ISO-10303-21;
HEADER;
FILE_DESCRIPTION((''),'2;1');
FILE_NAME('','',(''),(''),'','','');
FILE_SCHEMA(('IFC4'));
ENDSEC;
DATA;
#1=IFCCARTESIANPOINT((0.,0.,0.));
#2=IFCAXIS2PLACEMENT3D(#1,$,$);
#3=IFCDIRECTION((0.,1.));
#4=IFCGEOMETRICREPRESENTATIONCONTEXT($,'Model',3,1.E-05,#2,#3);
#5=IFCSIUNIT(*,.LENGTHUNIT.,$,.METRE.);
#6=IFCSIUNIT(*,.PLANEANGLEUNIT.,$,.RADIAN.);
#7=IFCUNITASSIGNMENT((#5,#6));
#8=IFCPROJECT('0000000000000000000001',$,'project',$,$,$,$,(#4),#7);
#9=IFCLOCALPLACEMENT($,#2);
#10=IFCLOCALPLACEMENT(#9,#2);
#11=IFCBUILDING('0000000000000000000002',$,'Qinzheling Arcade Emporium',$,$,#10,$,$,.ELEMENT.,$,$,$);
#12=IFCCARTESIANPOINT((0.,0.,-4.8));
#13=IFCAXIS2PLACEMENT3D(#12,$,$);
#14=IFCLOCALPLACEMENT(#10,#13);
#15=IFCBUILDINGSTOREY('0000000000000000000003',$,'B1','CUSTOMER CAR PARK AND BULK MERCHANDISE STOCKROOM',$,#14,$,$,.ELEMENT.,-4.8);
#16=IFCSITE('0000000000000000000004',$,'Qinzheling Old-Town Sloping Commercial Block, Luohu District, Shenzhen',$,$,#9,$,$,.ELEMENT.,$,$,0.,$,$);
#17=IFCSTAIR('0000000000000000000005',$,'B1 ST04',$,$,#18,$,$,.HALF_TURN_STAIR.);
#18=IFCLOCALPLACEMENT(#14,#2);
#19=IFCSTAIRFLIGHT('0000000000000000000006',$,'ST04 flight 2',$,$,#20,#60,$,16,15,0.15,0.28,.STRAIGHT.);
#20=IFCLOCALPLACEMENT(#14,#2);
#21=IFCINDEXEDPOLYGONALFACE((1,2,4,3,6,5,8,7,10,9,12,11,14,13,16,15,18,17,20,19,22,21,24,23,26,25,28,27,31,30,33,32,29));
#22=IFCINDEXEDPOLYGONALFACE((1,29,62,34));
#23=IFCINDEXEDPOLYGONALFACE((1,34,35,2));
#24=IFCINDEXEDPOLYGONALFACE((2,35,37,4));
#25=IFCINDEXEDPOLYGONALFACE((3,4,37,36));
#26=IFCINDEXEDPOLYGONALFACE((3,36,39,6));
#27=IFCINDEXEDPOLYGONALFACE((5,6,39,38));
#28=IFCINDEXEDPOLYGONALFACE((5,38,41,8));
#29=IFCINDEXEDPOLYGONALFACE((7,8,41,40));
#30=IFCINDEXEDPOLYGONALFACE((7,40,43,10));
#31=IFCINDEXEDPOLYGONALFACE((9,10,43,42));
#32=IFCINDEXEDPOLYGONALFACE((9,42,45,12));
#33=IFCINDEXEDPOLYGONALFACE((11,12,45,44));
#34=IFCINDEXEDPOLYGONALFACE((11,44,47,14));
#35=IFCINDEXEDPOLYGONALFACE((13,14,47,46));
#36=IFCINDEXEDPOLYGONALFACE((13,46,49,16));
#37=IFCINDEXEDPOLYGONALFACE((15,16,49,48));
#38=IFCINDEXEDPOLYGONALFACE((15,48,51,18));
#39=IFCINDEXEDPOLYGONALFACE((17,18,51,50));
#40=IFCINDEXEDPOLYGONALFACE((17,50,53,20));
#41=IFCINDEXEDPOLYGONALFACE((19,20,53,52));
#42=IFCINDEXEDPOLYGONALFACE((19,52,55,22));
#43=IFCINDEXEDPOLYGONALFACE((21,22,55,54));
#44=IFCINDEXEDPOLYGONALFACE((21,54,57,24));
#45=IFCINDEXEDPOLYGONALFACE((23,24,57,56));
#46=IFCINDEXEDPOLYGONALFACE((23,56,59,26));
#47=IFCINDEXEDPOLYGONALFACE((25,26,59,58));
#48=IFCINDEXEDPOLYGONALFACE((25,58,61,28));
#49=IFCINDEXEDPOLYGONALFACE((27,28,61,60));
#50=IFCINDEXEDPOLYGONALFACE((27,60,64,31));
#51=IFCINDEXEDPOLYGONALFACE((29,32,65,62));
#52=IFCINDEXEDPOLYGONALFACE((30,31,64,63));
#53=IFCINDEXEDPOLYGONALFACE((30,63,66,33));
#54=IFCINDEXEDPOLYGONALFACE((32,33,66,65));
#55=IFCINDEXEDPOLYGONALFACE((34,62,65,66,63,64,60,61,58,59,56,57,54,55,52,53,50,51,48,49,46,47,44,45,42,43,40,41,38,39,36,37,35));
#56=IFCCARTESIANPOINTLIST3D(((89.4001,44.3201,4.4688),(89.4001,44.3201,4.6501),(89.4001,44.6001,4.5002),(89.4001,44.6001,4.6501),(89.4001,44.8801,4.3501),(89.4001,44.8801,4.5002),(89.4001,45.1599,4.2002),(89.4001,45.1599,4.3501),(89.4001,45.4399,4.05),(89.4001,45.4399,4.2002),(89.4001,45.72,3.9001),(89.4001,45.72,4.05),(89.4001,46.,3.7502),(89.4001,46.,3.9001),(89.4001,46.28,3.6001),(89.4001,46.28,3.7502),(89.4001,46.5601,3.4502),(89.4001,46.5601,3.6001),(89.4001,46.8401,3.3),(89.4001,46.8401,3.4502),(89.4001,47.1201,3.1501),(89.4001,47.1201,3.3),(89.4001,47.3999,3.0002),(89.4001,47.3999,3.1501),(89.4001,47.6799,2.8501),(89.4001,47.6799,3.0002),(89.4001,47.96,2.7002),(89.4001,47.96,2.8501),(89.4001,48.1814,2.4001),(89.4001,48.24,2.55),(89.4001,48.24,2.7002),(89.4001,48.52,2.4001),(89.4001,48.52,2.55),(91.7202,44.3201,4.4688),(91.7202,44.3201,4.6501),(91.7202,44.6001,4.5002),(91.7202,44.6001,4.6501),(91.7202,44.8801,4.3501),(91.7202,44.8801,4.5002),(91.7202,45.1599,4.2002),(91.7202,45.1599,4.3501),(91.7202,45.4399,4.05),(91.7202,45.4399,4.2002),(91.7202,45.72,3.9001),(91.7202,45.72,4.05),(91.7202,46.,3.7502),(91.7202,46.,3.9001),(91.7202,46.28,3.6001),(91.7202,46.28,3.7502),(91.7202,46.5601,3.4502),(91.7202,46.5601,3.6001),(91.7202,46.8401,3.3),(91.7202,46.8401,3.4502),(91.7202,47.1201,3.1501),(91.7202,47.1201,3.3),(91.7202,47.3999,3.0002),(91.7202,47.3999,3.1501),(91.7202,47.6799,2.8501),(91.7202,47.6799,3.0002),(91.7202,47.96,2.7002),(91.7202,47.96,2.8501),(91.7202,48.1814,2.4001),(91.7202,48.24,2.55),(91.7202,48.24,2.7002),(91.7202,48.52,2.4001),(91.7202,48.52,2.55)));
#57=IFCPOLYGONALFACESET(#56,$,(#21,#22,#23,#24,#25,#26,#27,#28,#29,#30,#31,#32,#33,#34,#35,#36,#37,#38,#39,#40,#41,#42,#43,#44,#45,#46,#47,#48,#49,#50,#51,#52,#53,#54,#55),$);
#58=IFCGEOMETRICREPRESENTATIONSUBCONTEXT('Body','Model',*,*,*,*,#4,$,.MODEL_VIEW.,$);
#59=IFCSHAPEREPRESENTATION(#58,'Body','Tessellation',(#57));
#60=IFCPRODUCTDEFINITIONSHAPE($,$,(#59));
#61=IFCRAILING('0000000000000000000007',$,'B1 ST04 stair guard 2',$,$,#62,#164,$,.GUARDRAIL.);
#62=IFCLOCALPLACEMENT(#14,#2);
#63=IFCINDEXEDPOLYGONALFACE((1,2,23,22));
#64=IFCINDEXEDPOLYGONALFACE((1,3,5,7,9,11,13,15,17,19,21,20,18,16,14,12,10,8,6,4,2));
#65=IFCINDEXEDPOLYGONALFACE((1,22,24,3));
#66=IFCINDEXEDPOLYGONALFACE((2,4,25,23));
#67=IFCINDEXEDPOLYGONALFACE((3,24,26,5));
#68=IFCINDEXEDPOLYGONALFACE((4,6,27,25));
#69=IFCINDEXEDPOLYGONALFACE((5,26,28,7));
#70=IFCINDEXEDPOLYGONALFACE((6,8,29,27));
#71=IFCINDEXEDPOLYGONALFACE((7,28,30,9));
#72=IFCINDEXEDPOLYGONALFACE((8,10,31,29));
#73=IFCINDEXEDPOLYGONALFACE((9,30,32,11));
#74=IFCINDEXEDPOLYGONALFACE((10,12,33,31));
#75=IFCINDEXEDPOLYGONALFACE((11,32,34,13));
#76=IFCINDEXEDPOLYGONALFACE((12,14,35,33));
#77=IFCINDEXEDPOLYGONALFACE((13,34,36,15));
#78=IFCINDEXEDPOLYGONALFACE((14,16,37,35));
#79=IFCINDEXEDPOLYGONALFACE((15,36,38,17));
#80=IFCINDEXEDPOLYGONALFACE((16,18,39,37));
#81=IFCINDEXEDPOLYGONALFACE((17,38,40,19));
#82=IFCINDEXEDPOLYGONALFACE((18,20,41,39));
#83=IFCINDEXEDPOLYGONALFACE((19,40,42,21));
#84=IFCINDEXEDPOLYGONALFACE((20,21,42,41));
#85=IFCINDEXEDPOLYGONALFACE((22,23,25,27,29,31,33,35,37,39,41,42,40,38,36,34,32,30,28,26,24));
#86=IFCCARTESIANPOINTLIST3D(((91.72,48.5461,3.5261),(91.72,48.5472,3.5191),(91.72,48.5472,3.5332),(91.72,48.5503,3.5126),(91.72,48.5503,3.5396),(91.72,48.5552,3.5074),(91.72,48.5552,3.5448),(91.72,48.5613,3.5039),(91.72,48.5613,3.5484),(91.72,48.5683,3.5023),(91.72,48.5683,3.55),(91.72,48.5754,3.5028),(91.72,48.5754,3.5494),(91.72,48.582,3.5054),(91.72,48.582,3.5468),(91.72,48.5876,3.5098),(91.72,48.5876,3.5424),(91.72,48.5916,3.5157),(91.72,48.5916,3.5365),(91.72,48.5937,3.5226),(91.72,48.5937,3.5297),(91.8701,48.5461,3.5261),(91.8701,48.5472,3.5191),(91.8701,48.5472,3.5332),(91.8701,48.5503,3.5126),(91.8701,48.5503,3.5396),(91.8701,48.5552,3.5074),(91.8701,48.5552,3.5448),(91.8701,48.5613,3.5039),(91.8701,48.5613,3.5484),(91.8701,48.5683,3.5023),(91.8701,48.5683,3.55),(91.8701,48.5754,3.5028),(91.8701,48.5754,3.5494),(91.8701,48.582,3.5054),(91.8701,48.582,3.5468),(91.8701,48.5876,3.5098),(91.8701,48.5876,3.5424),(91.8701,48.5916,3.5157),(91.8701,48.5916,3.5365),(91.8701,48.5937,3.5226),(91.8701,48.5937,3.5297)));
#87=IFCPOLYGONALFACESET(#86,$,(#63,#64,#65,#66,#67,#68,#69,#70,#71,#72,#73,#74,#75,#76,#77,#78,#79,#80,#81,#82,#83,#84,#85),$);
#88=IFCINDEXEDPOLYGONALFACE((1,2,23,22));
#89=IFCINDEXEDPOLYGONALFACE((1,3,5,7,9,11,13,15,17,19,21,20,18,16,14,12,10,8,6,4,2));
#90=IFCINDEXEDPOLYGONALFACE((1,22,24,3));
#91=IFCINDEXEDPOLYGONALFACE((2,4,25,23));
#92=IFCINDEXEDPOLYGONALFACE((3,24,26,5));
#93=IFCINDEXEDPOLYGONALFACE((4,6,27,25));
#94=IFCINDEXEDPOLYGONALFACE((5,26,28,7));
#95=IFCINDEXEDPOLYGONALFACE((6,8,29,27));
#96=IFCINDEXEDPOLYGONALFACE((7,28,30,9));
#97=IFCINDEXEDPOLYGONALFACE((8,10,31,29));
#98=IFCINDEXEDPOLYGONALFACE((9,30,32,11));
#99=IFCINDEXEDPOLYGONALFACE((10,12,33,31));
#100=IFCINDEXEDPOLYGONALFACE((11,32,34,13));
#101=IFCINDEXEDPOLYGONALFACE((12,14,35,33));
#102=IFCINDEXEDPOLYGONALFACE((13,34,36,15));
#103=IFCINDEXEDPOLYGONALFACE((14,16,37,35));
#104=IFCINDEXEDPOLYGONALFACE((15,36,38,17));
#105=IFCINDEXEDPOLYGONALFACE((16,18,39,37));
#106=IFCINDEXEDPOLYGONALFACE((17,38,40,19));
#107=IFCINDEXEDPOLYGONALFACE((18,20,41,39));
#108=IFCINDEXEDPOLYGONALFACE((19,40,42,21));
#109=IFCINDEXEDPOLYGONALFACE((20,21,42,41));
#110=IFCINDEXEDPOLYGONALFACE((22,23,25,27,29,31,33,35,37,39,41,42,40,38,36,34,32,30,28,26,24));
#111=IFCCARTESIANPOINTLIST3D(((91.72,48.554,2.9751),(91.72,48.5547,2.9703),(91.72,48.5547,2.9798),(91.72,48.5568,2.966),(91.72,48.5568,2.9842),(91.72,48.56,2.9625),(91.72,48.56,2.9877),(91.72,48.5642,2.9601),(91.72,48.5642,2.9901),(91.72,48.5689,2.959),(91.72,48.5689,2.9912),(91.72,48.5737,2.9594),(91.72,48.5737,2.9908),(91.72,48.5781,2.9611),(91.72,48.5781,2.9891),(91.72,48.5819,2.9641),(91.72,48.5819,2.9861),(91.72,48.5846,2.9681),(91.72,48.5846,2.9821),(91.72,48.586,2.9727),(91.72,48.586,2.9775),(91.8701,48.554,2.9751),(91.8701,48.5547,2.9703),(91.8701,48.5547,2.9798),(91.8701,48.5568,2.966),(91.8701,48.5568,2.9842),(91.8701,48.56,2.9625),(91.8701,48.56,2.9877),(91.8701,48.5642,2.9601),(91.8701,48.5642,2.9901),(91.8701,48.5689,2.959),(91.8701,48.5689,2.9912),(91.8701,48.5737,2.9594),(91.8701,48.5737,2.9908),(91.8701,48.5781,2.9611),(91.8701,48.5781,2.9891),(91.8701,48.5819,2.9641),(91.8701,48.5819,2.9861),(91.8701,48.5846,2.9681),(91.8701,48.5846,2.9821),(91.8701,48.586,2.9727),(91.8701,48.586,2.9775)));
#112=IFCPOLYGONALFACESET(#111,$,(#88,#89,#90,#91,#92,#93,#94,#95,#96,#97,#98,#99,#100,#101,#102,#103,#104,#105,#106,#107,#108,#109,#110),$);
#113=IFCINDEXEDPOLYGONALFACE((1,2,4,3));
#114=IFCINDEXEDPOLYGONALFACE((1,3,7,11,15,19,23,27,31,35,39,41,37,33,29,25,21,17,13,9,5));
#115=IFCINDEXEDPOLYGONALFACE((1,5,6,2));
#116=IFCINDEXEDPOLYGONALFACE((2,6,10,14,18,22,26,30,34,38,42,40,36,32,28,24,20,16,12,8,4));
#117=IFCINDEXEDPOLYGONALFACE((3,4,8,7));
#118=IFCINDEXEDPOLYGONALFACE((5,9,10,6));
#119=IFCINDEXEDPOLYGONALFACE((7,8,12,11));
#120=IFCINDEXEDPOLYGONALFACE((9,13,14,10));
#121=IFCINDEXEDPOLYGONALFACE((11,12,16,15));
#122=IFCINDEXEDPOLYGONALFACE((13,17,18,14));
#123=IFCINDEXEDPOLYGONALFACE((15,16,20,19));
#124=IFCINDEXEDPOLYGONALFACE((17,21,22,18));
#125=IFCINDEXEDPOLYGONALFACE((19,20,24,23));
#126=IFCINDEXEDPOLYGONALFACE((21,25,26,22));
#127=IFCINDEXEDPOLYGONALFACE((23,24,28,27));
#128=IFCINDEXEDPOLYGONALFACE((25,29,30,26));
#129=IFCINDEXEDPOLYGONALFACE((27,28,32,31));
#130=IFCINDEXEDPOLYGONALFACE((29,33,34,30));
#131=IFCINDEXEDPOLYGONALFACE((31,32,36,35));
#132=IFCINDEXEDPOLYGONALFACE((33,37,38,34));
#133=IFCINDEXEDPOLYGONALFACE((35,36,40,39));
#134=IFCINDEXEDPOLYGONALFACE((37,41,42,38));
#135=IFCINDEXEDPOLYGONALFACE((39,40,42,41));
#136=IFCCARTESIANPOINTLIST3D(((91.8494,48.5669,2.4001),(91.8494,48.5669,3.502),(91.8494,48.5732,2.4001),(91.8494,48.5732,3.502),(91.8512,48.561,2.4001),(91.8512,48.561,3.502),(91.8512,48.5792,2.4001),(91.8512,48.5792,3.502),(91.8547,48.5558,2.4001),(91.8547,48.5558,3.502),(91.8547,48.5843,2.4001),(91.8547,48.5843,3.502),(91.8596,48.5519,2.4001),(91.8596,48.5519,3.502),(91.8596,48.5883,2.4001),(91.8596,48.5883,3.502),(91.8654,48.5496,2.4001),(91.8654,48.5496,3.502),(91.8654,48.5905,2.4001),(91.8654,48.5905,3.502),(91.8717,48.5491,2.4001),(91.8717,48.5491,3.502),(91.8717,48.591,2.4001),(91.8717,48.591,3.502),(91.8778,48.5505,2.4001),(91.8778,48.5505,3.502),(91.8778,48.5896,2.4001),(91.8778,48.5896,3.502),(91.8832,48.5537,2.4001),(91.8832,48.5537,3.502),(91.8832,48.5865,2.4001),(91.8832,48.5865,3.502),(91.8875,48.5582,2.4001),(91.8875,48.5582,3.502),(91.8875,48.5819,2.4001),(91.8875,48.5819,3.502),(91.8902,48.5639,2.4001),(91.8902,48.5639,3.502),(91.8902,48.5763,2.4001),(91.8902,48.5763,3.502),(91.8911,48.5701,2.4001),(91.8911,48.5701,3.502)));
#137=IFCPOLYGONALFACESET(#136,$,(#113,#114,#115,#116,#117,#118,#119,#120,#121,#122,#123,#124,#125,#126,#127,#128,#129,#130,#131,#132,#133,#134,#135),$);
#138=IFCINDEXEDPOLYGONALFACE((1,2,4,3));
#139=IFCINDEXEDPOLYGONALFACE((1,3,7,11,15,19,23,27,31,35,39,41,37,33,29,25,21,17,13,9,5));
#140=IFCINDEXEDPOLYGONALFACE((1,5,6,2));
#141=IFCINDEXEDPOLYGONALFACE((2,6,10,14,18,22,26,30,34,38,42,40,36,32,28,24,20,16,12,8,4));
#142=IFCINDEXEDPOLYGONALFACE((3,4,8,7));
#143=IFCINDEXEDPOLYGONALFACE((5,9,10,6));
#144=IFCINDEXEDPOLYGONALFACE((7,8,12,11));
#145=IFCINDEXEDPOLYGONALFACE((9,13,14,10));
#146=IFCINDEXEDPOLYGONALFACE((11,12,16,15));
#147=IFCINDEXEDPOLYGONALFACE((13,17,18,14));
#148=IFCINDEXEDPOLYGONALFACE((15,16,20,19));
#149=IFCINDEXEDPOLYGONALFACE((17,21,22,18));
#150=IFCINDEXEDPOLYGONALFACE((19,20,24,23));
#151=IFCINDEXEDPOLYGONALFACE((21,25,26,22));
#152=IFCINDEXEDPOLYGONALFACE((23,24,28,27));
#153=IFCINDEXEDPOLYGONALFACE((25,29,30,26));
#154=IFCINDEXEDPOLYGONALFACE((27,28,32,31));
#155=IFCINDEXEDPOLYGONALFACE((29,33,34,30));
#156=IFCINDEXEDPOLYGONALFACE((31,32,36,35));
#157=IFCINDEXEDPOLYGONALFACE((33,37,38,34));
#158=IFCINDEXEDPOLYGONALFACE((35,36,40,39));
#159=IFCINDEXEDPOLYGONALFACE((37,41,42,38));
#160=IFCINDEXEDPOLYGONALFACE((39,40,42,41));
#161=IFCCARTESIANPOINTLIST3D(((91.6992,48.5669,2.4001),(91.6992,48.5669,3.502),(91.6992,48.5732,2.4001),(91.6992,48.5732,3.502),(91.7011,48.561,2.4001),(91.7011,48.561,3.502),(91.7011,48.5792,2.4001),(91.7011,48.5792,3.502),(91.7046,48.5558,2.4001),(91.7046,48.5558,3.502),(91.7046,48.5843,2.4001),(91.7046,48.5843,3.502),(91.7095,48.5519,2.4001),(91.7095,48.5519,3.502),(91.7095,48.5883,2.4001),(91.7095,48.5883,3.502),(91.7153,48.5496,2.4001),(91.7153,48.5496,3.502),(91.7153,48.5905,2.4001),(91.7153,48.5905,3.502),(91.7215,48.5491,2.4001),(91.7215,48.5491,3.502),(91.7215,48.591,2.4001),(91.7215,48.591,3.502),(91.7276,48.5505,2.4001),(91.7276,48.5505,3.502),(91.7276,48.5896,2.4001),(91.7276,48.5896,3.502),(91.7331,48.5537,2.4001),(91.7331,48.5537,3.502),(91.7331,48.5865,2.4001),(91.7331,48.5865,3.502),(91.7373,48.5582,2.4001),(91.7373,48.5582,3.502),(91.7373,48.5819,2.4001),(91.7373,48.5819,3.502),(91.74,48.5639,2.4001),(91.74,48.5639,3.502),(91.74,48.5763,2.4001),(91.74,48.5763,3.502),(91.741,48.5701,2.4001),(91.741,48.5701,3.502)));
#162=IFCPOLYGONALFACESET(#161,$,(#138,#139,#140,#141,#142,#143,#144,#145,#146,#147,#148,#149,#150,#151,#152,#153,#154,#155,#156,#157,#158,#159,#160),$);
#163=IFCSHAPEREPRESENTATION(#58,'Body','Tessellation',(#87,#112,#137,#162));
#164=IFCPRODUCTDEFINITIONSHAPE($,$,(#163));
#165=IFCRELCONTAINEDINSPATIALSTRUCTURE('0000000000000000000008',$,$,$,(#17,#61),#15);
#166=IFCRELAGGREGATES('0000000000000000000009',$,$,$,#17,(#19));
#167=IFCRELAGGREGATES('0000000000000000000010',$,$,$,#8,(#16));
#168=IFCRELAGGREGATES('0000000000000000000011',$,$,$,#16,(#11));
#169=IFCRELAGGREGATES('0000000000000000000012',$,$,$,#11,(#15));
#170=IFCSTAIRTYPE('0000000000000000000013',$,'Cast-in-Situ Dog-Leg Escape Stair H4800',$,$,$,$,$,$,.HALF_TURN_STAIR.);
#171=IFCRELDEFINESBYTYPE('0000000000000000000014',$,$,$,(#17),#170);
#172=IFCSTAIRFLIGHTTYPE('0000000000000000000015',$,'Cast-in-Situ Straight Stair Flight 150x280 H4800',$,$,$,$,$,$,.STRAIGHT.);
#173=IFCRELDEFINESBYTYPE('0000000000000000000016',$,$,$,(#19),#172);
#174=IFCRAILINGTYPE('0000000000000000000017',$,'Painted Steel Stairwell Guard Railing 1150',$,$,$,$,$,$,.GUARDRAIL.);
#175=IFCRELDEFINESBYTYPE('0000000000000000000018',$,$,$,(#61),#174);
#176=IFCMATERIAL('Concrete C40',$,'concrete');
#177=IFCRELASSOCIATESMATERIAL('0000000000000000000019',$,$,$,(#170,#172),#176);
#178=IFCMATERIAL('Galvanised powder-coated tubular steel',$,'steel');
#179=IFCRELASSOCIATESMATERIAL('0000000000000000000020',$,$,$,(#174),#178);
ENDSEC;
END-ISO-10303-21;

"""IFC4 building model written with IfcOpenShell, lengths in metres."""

from ifc_helpers import new_model, si_unit, direction, frame, origin, origin_2d, place, context, subcontext, project, spatial, polyline, circle, outline, extrude, material, type_object, element, aggregate, save


model = new_model("IFC4")

# Units and contexts
model_context = context("Model", 3, precision=1e-05, world=origin(), true_north=direction((0.0, 1.0)))
body_context = subcontext(model_context, "Body", "Model", "MODEL_VIEW")
ifc_project = project(units=[si_unit("LENGTHUNIT", "METRE"), si_unit("PLANEANGLEUNIT", "RADIAN")], contexts=[model_context])

# Site, building, storey
site_placement = place(None, origin())
site = spatial("IfcSite", under=ifc_project, at=site_placement, Name="Qinzheling Old-Town Sloping Commercial Block, Luohu District, Shenzhen", CompositionType="ELEMENT", RefElevation=0.0)
building_placement = place(site_placement, origin())
building = spatial("IfcBuilding", under=site, at=building_placement, Name="Qinzheling Arcade Emporium", CompositionType="ELEMENT")
storey_placement = place(building_placement, frame((0.0, 0.0, -4.8)))
storey = spatial("IfcBuildingStorey", under=building, at=storey_placement, Name="B1", Description="CUSTOMER CAR PARK AND BULK MERCHANDISE STOCKROOM", CompositionType="ELEMENT", Elevation=-4.8)

# Shared definitions
ifc_material_1 = material(Name="Concrete C40", Category="concrete")

# Stair, stair flight
stair_type = type_object("IfcStairType", Name="Cast-in-Situ Dog-Leg Escape Stair H4800", PredefinedType="HALF_TURN_STAIR", material=ifc_material_1)
stair_placement = place(storey_placement, origin())
stair = element("IfcStair", 1, at=stair_placement, inside=storey, type_object=stair_type, Name="B1 ST04", PredefinedType="HALF_TURN_STAIR")
stair_flight_type = type_object("IfcStairFlightType", Name="Cast-in-Situ Straight Stair Flight 150x280 H4800", PredefinedType="STRAIGHT", material=ifc_material_1)
stair_flight_1_placement = place(storey_placement, frame((90.5601, 48.52, 2.4001), z_axis=(0.0, 0.0, 1.0), x_axis=(0.0, -1.0, 0.0)))
stair_flight_1 = element("IfcStairFlight", 2, at=stair_flight_1_placement, type_object=stair_flight_type, Name="ST04 flight 2", NumberOfRisers=16, NumberOfTreads=15, PredefinedType="STRAIGHT", RiserHeight=0.15, TreadLength=0.28, context=body_context, shape_type="SweptSolid", body=[
    extrude(outline(polyline([(0.0, 0.0), (0.0, 0.1499), (0.28, 0.1499), (0.28, 0.3), (0.5601, 0.3), (0.5601, 0.45), (0.8401, 0.45), (0.8401, 0.6001), (1.1201, 0.6001), (1.1201, 0.75), (1.3999, 0.75), (1.3999, 0.8999), (1.6799, 0.8999), (1.6799, 1.05), (1.96, 1.05), (1.96, 1.2), (2.24, 1.2), (2.24, 1.3501), (2.52, 1.3501), (2.52, 1.5), (2.8, 1.5), (2.8, 1.6499), (3.0801, 1.6499), (3.0801, 1.8), (3.3601, 1.8), (3.3601, 1.95), (3.6399, 1.95), (3.6399, 2.1001), (3.9199, 2.1001), (3.9199, 2.25), (4.2, 2.25), (4.2, 2.3999), (4.2, 2.0686), (0.3386, 0.0), (0.0, 0.0)])), frame((0.0, 1.1602, 0.0), z_axis=(0.0, -1.0, 0.0), x_axis=(1.0, 0.0, 0.0)), (0.0, 0.0, 1.0), 2.3201),
])
aggregate(stair, [stair_flight_1])

# Railing
ifc_material_2 = material(Name="Galvanised powder-coated tubular steel", Category="steel")
railing_type_1 = type_object("IfcRailingType", Name="Painted Steel Stairwell Guard Railing 1150", PredefinedType="GUARDRAIL", material=ifc_material_2)
railing_1_placement = place(storey_placement, frame((91.8701, 48.5701, 2.4001)))
element("IfcRailing", 3, at=railing_1_placement, inside=storey, type_object=railing_type_1, Name="B1 ST04 stair guard 2", PredefinedType="GUARDRAIL", context=body_context, shape_type="SweptSolid", body=[
    extrude(circle(Radius=0.0239, at=origin_2d()), frame((0.0, 0.0, 1.126), z_axis=(-1.0, 0.0, 0.0), x_axis=(0.0, -1.0, 0.0)), (0.0, 0.0, 1.0), 0.1501),
    extrude(circle(Radius=0.0161, at=origin_2d()), frame((0.0, 0.0, 0.575), z_axis=(-1.0, 0.0, 0.0), x_axis=(0.0, -1.0, 0.0)), (0.0, 0.0, 1.0), 0.1501),
    extrude(circle(Radius=0.021, at=origin_2d()), origin(), (0.0, 0.0, 1.0), 1.1018),
    extrude(circle(Radius=0.021, at=origin_2d()), frame((-0.1501, 0.0, 0.0)), (0.0, 0.0, 1.0), 1.1018),
])

save(model, "model.ifc")
